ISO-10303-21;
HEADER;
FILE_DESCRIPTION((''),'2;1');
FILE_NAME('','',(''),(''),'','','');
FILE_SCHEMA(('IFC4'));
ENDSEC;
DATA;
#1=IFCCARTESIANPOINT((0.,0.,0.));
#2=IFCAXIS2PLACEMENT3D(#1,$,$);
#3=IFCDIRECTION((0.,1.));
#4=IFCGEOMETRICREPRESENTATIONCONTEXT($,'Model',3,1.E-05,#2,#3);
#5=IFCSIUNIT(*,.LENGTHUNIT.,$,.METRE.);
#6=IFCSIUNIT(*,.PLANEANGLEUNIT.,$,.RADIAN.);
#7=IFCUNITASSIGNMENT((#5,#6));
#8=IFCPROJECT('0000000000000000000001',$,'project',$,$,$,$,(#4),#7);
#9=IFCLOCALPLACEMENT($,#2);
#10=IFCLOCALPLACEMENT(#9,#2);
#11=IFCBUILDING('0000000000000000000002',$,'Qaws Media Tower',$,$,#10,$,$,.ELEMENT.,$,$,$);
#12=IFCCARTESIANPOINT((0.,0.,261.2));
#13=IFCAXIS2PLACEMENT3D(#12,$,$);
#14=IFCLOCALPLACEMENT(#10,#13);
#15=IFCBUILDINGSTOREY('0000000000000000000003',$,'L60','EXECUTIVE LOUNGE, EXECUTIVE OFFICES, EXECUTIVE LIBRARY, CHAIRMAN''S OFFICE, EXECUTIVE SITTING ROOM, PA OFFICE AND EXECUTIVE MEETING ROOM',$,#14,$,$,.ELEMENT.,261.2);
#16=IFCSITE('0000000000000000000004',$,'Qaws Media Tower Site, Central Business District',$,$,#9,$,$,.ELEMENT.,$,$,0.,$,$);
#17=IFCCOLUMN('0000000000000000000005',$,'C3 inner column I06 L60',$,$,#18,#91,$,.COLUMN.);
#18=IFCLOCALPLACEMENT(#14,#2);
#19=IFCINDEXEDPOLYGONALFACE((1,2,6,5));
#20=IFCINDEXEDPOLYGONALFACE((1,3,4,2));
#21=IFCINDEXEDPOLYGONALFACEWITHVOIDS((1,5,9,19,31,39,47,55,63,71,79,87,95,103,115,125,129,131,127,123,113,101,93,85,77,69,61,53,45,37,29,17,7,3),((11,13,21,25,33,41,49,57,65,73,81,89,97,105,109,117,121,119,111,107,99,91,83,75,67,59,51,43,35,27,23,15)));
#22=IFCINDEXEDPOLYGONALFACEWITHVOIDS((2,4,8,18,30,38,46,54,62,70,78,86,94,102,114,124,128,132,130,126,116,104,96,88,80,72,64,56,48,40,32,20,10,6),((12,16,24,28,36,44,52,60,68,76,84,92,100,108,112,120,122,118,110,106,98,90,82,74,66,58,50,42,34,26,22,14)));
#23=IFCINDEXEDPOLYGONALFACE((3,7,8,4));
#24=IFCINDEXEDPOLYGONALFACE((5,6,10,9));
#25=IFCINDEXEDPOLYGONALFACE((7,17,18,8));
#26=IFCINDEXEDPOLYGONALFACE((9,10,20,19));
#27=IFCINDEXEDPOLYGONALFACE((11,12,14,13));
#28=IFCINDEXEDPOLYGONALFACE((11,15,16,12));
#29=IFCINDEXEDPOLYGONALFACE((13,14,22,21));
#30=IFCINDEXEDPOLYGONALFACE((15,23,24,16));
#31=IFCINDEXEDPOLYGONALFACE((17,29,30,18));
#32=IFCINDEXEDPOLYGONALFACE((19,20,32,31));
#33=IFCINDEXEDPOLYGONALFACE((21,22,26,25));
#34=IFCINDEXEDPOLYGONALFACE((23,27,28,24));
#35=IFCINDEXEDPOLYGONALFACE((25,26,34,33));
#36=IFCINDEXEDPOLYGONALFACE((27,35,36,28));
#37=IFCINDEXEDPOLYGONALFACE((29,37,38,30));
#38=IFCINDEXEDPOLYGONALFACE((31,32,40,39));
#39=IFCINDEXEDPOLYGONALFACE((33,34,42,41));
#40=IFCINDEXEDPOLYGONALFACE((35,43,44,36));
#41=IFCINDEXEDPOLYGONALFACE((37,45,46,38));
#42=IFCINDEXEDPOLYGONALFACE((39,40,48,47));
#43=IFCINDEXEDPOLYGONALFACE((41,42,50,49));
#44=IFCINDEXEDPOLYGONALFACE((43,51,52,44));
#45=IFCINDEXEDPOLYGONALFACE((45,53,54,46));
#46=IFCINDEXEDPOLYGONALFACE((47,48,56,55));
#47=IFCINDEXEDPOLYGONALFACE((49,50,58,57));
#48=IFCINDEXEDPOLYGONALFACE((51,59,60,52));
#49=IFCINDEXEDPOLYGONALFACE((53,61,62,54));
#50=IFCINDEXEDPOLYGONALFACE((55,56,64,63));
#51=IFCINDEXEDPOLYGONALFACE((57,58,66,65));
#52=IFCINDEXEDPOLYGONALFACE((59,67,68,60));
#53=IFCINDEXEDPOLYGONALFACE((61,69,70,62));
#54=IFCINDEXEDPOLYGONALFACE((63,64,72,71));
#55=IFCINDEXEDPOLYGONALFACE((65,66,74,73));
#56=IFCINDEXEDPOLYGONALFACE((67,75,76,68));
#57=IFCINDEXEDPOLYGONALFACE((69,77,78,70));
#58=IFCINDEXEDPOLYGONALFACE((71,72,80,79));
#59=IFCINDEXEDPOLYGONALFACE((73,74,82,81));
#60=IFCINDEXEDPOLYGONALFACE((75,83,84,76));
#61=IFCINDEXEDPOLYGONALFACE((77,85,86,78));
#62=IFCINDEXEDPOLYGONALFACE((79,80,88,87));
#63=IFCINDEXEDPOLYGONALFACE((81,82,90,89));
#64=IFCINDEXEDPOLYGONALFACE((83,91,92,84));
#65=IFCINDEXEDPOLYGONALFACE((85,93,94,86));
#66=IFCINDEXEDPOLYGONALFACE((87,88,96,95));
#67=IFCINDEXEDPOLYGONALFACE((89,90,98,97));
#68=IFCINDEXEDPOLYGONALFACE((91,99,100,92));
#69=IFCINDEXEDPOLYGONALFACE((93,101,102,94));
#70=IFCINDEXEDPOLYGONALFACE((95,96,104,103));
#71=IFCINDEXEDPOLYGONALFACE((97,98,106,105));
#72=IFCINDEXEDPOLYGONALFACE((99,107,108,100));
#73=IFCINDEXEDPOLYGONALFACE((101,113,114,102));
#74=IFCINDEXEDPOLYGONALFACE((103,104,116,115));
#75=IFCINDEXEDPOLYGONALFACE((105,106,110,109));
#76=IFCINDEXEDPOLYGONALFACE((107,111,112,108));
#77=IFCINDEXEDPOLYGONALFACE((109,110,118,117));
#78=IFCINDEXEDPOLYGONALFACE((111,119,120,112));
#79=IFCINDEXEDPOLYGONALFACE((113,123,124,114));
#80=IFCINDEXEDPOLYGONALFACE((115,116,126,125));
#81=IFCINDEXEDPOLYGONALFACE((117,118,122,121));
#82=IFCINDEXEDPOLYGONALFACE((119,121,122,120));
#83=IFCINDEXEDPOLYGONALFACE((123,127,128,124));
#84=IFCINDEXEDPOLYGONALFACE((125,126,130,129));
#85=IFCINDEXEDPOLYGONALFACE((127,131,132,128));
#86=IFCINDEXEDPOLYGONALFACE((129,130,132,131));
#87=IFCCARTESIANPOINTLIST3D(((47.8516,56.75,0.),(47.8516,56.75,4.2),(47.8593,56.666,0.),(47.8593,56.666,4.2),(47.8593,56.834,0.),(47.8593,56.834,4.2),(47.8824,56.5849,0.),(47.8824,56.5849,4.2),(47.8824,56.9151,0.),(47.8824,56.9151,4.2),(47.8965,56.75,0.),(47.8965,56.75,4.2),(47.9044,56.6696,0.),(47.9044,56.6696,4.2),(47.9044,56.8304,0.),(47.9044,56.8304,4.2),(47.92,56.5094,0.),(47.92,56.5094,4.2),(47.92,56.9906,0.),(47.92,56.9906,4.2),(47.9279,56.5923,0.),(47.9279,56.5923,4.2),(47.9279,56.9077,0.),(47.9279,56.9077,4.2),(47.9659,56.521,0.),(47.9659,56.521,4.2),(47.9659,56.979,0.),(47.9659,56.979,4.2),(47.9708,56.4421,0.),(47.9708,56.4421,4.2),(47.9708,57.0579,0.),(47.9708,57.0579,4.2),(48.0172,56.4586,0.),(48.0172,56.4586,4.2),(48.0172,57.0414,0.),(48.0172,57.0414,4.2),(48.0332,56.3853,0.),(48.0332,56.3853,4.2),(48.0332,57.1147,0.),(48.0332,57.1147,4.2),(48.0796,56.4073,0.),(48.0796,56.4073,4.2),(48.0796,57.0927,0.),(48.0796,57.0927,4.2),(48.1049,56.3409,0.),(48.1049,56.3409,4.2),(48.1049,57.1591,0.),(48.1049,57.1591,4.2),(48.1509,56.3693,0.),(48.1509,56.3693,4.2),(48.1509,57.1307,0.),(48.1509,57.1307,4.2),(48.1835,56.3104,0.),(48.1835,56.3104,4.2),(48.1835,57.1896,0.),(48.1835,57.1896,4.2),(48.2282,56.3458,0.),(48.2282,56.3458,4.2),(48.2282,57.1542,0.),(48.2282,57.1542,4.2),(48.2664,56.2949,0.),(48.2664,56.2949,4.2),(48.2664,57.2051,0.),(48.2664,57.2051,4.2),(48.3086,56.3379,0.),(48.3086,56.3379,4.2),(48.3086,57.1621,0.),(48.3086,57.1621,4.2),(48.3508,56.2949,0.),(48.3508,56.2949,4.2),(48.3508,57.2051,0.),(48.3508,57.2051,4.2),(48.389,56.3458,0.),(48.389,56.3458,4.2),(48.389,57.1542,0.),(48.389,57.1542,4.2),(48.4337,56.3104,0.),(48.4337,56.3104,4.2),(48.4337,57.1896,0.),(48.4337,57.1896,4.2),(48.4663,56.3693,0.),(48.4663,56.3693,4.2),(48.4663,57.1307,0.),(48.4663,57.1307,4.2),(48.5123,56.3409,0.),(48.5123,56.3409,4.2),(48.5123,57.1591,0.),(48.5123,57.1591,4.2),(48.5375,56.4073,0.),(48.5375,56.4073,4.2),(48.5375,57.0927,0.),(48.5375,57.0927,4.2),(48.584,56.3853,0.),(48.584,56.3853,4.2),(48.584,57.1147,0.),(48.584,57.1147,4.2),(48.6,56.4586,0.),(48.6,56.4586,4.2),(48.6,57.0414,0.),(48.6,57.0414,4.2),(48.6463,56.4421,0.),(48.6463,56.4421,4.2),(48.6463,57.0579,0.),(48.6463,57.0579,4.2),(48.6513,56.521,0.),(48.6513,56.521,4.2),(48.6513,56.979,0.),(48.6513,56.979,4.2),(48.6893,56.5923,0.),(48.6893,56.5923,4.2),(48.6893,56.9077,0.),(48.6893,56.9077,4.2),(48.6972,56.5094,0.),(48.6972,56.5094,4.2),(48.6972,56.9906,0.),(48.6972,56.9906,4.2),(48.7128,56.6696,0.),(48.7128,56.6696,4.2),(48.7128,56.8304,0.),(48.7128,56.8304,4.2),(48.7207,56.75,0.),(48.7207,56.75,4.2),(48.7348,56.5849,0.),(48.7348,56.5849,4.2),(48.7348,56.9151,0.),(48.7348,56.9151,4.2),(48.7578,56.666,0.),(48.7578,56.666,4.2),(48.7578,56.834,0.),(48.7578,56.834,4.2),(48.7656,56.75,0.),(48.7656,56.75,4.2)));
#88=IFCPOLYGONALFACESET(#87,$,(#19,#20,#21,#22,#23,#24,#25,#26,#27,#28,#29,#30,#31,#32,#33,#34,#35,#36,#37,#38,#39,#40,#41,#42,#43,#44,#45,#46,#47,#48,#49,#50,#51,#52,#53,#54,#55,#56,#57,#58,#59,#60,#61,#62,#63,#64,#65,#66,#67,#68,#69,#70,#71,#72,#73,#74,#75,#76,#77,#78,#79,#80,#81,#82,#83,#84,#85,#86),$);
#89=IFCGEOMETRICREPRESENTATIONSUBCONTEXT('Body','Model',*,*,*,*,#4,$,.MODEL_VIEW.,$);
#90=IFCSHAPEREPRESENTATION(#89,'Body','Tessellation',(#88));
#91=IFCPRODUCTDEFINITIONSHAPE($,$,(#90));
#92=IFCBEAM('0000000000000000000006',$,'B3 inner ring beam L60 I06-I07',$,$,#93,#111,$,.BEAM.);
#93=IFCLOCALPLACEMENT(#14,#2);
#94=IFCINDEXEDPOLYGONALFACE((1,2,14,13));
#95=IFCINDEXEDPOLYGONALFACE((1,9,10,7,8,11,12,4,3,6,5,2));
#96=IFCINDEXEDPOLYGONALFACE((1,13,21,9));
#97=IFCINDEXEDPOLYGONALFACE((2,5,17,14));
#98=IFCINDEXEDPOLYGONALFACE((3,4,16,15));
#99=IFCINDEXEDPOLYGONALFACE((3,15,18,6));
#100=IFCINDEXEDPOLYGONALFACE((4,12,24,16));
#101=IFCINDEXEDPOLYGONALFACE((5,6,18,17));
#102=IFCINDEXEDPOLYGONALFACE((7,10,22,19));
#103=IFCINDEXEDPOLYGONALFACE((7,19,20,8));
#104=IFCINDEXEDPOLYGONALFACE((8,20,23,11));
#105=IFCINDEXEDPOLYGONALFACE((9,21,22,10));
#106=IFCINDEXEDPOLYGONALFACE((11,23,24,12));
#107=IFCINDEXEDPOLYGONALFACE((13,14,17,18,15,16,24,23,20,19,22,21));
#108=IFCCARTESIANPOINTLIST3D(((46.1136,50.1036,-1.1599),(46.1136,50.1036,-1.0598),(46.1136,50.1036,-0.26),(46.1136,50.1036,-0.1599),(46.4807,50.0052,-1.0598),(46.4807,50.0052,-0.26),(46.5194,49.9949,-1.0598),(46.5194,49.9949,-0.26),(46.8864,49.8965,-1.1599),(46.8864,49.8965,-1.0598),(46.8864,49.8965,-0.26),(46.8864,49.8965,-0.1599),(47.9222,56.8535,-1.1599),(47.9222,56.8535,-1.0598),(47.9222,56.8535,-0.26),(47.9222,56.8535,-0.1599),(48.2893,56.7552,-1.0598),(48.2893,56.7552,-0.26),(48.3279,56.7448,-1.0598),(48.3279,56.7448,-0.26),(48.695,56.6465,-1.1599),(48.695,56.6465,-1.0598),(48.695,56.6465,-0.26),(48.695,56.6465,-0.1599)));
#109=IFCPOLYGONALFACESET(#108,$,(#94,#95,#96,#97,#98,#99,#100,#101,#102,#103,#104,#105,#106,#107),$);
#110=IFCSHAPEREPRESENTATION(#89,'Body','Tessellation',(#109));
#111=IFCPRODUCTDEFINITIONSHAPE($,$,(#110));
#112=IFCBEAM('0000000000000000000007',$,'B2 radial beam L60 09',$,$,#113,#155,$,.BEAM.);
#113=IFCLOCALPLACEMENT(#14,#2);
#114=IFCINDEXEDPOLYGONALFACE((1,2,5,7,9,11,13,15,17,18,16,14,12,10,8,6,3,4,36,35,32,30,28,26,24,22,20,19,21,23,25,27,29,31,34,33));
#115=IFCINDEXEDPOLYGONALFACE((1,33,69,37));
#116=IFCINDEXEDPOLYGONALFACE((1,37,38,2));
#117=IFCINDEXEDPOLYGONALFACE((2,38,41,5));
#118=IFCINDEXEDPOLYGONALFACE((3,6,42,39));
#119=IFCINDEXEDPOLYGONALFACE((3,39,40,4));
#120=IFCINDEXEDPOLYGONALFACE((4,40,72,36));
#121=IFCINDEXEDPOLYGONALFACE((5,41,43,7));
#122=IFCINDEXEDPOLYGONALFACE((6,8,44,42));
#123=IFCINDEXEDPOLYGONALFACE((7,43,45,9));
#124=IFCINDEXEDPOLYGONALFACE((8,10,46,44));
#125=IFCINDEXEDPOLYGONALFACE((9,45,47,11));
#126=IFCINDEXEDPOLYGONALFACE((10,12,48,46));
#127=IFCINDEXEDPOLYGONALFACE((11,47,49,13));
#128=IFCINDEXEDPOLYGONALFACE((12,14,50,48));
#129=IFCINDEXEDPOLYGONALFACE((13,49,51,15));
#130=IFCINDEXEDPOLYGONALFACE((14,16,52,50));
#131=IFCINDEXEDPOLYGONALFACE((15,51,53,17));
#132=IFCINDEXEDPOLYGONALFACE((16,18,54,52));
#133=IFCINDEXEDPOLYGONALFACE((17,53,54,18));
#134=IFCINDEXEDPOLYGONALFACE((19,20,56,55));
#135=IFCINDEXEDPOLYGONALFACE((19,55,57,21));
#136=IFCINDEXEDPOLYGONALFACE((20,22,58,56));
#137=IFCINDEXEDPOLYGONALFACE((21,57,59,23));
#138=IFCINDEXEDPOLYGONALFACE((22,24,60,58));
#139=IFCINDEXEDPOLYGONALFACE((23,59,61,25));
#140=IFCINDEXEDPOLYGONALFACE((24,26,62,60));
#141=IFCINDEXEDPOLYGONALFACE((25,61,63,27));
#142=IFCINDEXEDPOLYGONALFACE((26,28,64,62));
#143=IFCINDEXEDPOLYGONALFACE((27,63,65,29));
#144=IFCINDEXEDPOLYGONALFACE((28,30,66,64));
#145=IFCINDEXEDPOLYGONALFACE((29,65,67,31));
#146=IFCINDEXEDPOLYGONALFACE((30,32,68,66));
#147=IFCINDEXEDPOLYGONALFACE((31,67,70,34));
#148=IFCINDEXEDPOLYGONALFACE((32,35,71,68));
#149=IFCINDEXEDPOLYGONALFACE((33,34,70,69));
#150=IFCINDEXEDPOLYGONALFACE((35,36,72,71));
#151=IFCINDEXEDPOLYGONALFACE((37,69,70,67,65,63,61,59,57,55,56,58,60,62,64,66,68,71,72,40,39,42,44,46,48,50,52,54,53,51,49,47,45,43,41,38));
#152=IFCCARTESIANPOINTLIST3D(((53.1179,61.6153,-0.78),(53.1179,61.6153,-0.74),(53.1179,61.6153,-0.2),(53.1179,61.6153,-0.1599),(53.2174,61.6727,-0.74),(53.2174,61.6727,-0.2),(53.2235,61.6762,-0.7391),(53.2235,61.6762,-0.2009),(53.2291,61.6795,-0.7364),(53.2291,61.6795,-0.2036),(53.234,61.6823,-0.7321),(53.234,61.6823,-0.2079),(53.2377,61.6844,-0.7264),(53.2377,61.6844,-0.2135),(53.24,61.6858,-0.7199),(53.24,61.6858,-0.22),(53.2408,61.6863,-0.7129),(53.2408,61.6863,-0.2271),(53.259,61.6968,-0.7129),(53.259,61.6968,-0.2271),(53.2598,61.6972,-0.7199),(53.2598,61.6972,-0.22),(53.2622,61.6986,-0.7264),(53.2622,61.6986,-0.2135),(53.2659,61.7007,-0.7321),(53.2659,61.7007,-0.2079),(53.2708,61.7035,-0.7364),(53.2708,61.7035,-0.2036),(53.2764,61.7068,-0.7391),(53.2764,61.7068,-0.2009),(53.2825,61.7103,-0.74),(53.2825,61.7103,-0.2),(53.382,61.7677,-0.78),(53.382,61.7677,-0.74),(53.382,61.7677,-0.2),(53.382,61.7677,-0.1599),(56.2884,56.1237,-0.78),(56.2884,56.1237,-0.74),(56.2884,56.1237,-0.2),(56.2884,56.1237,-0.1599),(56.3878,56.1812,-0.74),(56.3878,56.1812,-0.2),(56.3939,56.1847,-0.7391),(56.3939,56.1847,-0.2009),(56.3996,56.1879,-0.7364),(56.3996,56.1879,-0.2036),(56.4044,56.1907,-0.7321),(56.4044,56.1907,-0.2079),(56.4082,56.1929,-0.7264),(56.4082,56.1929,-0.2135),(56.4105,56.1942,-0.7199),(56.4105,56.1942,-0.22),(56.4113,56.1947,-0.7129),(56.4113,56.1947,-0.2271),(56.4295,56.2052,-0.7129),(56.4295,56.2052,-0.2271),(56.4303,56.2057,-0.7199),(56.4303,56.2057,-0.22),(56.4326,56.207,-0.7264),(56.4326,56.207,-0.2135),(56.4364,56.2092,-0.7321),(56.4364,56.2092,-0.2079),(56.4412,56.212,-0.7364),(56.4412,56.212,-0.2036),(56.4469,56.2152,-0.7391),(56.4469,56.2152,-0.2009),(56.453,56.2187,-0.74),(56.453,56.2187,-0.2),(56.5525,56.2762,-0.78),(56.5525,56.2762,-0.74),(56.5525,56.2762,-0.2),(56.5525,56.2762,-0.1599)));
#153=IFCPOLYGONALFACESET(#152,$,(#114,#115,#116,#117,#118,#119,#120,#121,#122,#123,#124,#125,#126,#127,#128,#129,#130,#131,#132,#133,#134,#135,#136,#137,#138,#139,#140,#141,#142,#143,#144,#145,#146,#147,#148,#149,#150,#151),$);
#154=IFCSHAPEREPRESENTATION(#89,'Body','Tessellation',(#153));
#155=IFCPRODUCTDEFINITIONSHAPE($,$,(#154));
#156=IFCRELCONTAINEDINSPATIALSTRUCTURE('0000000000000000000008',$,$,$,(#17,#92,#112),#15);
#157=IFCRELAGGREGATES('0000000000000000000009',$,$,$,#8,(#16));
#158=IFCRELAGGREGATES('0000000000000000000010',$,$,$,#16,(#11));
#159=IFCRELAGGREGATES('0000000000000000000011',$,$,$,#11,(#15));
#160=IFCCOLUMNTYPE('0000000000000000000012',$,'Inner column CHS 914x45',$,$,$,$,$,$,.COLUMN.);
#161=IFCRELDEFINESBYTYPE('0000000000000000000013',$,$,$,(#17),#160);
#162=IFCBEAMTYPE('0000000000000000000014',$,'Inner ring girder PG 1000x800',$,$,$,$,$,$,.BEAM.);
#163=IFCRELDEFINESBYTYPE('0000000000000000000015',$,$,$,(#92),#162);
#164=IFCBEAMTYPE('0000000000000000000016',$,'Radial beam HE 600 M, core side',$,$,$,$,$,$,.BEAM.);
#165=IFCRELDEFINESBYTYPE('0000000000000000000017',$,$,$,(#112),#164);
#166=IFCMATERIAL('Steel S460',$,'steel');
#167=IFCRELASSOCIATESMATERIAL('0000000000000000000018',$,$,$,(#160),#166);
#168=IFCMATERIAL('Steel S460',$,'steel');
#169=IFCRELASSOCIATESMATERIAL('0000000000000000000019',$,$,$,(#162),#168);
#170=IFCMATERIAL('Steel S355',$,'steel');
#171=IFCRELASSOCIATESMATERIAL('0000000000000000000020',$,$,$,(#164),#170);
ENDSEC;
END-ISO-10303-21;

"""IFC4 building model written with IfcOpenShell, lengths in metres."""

from ifc_helpers import new_model, si_unit, direction, frame, origin, origin_2d, place, context, subcontext, project, spatial, hollow_circle, i_section, extrude, material, material_profile, profile_set, type_object, element, save


model = new_model("IFC4")

# Units and contexts
model_context = context("Model", 3, precision=1e-05, world=origin(), true_north=direction((0.0, 1.0)))
body_context = subcontext(model_context, "Body", "Model", "MODEL_VIEW")
ifc_project = project(units=[si_unit("LENGTHUNIT", "METRE"), si_unit("PLANEANGLEUNIT", "RADIAN")], contexts=[model_context])

# Site, building, storey
site_placement = place(None, origin())
site = spatial("IfcSite", under=ifc_project, at=site_placement, Name="Qaws Media Tower Site, Central Business District", CompositionType="ELEMENT", RefElevation=0.0)
building_placement = place(site_placement, origin())
building = spatial("IfcBuilding", under=site, at=building_placement, Name="Qaws Media Tower", CompositionType="ELEMENT")
storey_placement = place(building_placement, frame((0.0, 0.0, 261.2)))
storey = spatial("IfcBuildingStorey", under=building, at=storey_placement, Name="L60", Description="EXECUTIVE LOUNGE, EXECUTIVE OFFICES, EXECUTIVE LIBRARY, CHAIRMAN'S OFFICE, EXECUTIVE SITTING ROOM, PA OFFICE AND EXECUTIVE MEETING ROOM", CompositionType="ELEMENT", Elevation=261.2)

# Column
ifc_material_1 = material(Name="Steel S460", Category="steel")
ifc_material_profile_1 = material_profile(ifc_material_1, hollow_circle(Radius=0.457, WallThickness=0.0449, at=origin_2d()), Name="CHS 914x45")
ifc_profile_set_1 = profile_set([ifc_material_profile_1], Name="Steel S460")
column_type = type_object("IfcColumnType", Name="Inner column CHS 914x45", PredefinedType="COLUMN", material=ifc_profile_set_1)
column_placement = place(storey_placement, frame((48.3086, 56.75, 0.0), z_axis=(0.0, 0.0, 1.0), x_axis=(1.0, 0.0, 0.0)))
element("IfcColumn", 1, at=column_placement, inside=storey, type_object=column_type, Name="C3 inner column I06 L60", PredefinedType="COLUMN", context=body_context, shape_type="SweptSolid", body=[
    extrude(hollow_circle(Radius=0.457, WallThickness=0.0449, at=origin_2d()), origin(), (0.0, 0.0, 1.0), 4.2),
])

# Beams
ifc_material_2 = material(Name="Steel S460", Category="steel")
ifc_material_profile_2 = material_profile(ifc_material_2, i_section(OverallWidth=0.8, OverallDepth=1.0, WebThickness=0.04, FlangeThickness=0.1001, at=origin_2d()), Name="PG 1000x800")
ifc_profile_set_2 = profile_set([ifc_material_profile_2], Name="Steel S460")
beam_type_1 = type_object("IfcBeamType", Name="Inner ring girder PG 1000x800", PredefinedType="BEAM", material=ifc_profile_set_2)
beam_1_placement = place(storey_placement, frame((48.3086, 56.75, -0.6599), z_axis=(-0.258811, -0.965928, 0.0), x_axis=(0.965928, -0.258811, 0.0)))
element("IfcBeam", 2, at=beam_1_placement, inside=storey, type_object=beam_type_1, Name="B3 inner ring beam L60 I06-I07", PredefinedType="BEAM", context=body_context, shape_type="SweptSolid", body=[
    extrude(i_section(OverallWidth=0.8, OverallDepth=1.0, WebThickness=0.04, FlangeThickness=0.1001, at=origin_2d()), origin(), (0.0, 0.0, 1.0), 6.988),
])
ifc_material_3 = material(Name="Steel S355", Category="steel")
ifc_material_profile_3 = material_profile(ifc_material_3, i_section(OverallWidth=0.3049, OverallDepth=0.6201, WebThickness=0.021, FlangeThickness=0.04, FilletRadius=0.0271, at=origin_2d()), Name="HE 600 M")
ifc_profile_set_3 = profile_set([ifc_material_profile_3], Name="Steel S355")
beam_type_2 = type_object("IfcBeamType", Name="Radial beam HE 600 M, core side", PredefinedType="BEAM", material=ifc_profile_set_3)
beam_2_placement = place(storey_placement, frame((56.4204, 56.2, -0.47), z_axis=(-0.49999, 0.866031, 0.0), x_axis=(-0.866031, -0.49999, 0.0)))
element("IfcBeam", 3, at=beam_2_placement, inside=storey, type_object=beam_type_2, Name="B2 radial beam L60 09", PredefinedType="BEAM", context=body_context, shape_type="SweptSolid", body=[
    extrude(i_section(OverallWidth=0.3049, OverallDepth=0.6201, WebThickness=0.021, FlangeThickness=0.04, FilletRadius=0.0271, at=origin_2d()), origin(), (0.0, 0.0, 1.0), 6.3411),
])

save(model, "model.ifc")
